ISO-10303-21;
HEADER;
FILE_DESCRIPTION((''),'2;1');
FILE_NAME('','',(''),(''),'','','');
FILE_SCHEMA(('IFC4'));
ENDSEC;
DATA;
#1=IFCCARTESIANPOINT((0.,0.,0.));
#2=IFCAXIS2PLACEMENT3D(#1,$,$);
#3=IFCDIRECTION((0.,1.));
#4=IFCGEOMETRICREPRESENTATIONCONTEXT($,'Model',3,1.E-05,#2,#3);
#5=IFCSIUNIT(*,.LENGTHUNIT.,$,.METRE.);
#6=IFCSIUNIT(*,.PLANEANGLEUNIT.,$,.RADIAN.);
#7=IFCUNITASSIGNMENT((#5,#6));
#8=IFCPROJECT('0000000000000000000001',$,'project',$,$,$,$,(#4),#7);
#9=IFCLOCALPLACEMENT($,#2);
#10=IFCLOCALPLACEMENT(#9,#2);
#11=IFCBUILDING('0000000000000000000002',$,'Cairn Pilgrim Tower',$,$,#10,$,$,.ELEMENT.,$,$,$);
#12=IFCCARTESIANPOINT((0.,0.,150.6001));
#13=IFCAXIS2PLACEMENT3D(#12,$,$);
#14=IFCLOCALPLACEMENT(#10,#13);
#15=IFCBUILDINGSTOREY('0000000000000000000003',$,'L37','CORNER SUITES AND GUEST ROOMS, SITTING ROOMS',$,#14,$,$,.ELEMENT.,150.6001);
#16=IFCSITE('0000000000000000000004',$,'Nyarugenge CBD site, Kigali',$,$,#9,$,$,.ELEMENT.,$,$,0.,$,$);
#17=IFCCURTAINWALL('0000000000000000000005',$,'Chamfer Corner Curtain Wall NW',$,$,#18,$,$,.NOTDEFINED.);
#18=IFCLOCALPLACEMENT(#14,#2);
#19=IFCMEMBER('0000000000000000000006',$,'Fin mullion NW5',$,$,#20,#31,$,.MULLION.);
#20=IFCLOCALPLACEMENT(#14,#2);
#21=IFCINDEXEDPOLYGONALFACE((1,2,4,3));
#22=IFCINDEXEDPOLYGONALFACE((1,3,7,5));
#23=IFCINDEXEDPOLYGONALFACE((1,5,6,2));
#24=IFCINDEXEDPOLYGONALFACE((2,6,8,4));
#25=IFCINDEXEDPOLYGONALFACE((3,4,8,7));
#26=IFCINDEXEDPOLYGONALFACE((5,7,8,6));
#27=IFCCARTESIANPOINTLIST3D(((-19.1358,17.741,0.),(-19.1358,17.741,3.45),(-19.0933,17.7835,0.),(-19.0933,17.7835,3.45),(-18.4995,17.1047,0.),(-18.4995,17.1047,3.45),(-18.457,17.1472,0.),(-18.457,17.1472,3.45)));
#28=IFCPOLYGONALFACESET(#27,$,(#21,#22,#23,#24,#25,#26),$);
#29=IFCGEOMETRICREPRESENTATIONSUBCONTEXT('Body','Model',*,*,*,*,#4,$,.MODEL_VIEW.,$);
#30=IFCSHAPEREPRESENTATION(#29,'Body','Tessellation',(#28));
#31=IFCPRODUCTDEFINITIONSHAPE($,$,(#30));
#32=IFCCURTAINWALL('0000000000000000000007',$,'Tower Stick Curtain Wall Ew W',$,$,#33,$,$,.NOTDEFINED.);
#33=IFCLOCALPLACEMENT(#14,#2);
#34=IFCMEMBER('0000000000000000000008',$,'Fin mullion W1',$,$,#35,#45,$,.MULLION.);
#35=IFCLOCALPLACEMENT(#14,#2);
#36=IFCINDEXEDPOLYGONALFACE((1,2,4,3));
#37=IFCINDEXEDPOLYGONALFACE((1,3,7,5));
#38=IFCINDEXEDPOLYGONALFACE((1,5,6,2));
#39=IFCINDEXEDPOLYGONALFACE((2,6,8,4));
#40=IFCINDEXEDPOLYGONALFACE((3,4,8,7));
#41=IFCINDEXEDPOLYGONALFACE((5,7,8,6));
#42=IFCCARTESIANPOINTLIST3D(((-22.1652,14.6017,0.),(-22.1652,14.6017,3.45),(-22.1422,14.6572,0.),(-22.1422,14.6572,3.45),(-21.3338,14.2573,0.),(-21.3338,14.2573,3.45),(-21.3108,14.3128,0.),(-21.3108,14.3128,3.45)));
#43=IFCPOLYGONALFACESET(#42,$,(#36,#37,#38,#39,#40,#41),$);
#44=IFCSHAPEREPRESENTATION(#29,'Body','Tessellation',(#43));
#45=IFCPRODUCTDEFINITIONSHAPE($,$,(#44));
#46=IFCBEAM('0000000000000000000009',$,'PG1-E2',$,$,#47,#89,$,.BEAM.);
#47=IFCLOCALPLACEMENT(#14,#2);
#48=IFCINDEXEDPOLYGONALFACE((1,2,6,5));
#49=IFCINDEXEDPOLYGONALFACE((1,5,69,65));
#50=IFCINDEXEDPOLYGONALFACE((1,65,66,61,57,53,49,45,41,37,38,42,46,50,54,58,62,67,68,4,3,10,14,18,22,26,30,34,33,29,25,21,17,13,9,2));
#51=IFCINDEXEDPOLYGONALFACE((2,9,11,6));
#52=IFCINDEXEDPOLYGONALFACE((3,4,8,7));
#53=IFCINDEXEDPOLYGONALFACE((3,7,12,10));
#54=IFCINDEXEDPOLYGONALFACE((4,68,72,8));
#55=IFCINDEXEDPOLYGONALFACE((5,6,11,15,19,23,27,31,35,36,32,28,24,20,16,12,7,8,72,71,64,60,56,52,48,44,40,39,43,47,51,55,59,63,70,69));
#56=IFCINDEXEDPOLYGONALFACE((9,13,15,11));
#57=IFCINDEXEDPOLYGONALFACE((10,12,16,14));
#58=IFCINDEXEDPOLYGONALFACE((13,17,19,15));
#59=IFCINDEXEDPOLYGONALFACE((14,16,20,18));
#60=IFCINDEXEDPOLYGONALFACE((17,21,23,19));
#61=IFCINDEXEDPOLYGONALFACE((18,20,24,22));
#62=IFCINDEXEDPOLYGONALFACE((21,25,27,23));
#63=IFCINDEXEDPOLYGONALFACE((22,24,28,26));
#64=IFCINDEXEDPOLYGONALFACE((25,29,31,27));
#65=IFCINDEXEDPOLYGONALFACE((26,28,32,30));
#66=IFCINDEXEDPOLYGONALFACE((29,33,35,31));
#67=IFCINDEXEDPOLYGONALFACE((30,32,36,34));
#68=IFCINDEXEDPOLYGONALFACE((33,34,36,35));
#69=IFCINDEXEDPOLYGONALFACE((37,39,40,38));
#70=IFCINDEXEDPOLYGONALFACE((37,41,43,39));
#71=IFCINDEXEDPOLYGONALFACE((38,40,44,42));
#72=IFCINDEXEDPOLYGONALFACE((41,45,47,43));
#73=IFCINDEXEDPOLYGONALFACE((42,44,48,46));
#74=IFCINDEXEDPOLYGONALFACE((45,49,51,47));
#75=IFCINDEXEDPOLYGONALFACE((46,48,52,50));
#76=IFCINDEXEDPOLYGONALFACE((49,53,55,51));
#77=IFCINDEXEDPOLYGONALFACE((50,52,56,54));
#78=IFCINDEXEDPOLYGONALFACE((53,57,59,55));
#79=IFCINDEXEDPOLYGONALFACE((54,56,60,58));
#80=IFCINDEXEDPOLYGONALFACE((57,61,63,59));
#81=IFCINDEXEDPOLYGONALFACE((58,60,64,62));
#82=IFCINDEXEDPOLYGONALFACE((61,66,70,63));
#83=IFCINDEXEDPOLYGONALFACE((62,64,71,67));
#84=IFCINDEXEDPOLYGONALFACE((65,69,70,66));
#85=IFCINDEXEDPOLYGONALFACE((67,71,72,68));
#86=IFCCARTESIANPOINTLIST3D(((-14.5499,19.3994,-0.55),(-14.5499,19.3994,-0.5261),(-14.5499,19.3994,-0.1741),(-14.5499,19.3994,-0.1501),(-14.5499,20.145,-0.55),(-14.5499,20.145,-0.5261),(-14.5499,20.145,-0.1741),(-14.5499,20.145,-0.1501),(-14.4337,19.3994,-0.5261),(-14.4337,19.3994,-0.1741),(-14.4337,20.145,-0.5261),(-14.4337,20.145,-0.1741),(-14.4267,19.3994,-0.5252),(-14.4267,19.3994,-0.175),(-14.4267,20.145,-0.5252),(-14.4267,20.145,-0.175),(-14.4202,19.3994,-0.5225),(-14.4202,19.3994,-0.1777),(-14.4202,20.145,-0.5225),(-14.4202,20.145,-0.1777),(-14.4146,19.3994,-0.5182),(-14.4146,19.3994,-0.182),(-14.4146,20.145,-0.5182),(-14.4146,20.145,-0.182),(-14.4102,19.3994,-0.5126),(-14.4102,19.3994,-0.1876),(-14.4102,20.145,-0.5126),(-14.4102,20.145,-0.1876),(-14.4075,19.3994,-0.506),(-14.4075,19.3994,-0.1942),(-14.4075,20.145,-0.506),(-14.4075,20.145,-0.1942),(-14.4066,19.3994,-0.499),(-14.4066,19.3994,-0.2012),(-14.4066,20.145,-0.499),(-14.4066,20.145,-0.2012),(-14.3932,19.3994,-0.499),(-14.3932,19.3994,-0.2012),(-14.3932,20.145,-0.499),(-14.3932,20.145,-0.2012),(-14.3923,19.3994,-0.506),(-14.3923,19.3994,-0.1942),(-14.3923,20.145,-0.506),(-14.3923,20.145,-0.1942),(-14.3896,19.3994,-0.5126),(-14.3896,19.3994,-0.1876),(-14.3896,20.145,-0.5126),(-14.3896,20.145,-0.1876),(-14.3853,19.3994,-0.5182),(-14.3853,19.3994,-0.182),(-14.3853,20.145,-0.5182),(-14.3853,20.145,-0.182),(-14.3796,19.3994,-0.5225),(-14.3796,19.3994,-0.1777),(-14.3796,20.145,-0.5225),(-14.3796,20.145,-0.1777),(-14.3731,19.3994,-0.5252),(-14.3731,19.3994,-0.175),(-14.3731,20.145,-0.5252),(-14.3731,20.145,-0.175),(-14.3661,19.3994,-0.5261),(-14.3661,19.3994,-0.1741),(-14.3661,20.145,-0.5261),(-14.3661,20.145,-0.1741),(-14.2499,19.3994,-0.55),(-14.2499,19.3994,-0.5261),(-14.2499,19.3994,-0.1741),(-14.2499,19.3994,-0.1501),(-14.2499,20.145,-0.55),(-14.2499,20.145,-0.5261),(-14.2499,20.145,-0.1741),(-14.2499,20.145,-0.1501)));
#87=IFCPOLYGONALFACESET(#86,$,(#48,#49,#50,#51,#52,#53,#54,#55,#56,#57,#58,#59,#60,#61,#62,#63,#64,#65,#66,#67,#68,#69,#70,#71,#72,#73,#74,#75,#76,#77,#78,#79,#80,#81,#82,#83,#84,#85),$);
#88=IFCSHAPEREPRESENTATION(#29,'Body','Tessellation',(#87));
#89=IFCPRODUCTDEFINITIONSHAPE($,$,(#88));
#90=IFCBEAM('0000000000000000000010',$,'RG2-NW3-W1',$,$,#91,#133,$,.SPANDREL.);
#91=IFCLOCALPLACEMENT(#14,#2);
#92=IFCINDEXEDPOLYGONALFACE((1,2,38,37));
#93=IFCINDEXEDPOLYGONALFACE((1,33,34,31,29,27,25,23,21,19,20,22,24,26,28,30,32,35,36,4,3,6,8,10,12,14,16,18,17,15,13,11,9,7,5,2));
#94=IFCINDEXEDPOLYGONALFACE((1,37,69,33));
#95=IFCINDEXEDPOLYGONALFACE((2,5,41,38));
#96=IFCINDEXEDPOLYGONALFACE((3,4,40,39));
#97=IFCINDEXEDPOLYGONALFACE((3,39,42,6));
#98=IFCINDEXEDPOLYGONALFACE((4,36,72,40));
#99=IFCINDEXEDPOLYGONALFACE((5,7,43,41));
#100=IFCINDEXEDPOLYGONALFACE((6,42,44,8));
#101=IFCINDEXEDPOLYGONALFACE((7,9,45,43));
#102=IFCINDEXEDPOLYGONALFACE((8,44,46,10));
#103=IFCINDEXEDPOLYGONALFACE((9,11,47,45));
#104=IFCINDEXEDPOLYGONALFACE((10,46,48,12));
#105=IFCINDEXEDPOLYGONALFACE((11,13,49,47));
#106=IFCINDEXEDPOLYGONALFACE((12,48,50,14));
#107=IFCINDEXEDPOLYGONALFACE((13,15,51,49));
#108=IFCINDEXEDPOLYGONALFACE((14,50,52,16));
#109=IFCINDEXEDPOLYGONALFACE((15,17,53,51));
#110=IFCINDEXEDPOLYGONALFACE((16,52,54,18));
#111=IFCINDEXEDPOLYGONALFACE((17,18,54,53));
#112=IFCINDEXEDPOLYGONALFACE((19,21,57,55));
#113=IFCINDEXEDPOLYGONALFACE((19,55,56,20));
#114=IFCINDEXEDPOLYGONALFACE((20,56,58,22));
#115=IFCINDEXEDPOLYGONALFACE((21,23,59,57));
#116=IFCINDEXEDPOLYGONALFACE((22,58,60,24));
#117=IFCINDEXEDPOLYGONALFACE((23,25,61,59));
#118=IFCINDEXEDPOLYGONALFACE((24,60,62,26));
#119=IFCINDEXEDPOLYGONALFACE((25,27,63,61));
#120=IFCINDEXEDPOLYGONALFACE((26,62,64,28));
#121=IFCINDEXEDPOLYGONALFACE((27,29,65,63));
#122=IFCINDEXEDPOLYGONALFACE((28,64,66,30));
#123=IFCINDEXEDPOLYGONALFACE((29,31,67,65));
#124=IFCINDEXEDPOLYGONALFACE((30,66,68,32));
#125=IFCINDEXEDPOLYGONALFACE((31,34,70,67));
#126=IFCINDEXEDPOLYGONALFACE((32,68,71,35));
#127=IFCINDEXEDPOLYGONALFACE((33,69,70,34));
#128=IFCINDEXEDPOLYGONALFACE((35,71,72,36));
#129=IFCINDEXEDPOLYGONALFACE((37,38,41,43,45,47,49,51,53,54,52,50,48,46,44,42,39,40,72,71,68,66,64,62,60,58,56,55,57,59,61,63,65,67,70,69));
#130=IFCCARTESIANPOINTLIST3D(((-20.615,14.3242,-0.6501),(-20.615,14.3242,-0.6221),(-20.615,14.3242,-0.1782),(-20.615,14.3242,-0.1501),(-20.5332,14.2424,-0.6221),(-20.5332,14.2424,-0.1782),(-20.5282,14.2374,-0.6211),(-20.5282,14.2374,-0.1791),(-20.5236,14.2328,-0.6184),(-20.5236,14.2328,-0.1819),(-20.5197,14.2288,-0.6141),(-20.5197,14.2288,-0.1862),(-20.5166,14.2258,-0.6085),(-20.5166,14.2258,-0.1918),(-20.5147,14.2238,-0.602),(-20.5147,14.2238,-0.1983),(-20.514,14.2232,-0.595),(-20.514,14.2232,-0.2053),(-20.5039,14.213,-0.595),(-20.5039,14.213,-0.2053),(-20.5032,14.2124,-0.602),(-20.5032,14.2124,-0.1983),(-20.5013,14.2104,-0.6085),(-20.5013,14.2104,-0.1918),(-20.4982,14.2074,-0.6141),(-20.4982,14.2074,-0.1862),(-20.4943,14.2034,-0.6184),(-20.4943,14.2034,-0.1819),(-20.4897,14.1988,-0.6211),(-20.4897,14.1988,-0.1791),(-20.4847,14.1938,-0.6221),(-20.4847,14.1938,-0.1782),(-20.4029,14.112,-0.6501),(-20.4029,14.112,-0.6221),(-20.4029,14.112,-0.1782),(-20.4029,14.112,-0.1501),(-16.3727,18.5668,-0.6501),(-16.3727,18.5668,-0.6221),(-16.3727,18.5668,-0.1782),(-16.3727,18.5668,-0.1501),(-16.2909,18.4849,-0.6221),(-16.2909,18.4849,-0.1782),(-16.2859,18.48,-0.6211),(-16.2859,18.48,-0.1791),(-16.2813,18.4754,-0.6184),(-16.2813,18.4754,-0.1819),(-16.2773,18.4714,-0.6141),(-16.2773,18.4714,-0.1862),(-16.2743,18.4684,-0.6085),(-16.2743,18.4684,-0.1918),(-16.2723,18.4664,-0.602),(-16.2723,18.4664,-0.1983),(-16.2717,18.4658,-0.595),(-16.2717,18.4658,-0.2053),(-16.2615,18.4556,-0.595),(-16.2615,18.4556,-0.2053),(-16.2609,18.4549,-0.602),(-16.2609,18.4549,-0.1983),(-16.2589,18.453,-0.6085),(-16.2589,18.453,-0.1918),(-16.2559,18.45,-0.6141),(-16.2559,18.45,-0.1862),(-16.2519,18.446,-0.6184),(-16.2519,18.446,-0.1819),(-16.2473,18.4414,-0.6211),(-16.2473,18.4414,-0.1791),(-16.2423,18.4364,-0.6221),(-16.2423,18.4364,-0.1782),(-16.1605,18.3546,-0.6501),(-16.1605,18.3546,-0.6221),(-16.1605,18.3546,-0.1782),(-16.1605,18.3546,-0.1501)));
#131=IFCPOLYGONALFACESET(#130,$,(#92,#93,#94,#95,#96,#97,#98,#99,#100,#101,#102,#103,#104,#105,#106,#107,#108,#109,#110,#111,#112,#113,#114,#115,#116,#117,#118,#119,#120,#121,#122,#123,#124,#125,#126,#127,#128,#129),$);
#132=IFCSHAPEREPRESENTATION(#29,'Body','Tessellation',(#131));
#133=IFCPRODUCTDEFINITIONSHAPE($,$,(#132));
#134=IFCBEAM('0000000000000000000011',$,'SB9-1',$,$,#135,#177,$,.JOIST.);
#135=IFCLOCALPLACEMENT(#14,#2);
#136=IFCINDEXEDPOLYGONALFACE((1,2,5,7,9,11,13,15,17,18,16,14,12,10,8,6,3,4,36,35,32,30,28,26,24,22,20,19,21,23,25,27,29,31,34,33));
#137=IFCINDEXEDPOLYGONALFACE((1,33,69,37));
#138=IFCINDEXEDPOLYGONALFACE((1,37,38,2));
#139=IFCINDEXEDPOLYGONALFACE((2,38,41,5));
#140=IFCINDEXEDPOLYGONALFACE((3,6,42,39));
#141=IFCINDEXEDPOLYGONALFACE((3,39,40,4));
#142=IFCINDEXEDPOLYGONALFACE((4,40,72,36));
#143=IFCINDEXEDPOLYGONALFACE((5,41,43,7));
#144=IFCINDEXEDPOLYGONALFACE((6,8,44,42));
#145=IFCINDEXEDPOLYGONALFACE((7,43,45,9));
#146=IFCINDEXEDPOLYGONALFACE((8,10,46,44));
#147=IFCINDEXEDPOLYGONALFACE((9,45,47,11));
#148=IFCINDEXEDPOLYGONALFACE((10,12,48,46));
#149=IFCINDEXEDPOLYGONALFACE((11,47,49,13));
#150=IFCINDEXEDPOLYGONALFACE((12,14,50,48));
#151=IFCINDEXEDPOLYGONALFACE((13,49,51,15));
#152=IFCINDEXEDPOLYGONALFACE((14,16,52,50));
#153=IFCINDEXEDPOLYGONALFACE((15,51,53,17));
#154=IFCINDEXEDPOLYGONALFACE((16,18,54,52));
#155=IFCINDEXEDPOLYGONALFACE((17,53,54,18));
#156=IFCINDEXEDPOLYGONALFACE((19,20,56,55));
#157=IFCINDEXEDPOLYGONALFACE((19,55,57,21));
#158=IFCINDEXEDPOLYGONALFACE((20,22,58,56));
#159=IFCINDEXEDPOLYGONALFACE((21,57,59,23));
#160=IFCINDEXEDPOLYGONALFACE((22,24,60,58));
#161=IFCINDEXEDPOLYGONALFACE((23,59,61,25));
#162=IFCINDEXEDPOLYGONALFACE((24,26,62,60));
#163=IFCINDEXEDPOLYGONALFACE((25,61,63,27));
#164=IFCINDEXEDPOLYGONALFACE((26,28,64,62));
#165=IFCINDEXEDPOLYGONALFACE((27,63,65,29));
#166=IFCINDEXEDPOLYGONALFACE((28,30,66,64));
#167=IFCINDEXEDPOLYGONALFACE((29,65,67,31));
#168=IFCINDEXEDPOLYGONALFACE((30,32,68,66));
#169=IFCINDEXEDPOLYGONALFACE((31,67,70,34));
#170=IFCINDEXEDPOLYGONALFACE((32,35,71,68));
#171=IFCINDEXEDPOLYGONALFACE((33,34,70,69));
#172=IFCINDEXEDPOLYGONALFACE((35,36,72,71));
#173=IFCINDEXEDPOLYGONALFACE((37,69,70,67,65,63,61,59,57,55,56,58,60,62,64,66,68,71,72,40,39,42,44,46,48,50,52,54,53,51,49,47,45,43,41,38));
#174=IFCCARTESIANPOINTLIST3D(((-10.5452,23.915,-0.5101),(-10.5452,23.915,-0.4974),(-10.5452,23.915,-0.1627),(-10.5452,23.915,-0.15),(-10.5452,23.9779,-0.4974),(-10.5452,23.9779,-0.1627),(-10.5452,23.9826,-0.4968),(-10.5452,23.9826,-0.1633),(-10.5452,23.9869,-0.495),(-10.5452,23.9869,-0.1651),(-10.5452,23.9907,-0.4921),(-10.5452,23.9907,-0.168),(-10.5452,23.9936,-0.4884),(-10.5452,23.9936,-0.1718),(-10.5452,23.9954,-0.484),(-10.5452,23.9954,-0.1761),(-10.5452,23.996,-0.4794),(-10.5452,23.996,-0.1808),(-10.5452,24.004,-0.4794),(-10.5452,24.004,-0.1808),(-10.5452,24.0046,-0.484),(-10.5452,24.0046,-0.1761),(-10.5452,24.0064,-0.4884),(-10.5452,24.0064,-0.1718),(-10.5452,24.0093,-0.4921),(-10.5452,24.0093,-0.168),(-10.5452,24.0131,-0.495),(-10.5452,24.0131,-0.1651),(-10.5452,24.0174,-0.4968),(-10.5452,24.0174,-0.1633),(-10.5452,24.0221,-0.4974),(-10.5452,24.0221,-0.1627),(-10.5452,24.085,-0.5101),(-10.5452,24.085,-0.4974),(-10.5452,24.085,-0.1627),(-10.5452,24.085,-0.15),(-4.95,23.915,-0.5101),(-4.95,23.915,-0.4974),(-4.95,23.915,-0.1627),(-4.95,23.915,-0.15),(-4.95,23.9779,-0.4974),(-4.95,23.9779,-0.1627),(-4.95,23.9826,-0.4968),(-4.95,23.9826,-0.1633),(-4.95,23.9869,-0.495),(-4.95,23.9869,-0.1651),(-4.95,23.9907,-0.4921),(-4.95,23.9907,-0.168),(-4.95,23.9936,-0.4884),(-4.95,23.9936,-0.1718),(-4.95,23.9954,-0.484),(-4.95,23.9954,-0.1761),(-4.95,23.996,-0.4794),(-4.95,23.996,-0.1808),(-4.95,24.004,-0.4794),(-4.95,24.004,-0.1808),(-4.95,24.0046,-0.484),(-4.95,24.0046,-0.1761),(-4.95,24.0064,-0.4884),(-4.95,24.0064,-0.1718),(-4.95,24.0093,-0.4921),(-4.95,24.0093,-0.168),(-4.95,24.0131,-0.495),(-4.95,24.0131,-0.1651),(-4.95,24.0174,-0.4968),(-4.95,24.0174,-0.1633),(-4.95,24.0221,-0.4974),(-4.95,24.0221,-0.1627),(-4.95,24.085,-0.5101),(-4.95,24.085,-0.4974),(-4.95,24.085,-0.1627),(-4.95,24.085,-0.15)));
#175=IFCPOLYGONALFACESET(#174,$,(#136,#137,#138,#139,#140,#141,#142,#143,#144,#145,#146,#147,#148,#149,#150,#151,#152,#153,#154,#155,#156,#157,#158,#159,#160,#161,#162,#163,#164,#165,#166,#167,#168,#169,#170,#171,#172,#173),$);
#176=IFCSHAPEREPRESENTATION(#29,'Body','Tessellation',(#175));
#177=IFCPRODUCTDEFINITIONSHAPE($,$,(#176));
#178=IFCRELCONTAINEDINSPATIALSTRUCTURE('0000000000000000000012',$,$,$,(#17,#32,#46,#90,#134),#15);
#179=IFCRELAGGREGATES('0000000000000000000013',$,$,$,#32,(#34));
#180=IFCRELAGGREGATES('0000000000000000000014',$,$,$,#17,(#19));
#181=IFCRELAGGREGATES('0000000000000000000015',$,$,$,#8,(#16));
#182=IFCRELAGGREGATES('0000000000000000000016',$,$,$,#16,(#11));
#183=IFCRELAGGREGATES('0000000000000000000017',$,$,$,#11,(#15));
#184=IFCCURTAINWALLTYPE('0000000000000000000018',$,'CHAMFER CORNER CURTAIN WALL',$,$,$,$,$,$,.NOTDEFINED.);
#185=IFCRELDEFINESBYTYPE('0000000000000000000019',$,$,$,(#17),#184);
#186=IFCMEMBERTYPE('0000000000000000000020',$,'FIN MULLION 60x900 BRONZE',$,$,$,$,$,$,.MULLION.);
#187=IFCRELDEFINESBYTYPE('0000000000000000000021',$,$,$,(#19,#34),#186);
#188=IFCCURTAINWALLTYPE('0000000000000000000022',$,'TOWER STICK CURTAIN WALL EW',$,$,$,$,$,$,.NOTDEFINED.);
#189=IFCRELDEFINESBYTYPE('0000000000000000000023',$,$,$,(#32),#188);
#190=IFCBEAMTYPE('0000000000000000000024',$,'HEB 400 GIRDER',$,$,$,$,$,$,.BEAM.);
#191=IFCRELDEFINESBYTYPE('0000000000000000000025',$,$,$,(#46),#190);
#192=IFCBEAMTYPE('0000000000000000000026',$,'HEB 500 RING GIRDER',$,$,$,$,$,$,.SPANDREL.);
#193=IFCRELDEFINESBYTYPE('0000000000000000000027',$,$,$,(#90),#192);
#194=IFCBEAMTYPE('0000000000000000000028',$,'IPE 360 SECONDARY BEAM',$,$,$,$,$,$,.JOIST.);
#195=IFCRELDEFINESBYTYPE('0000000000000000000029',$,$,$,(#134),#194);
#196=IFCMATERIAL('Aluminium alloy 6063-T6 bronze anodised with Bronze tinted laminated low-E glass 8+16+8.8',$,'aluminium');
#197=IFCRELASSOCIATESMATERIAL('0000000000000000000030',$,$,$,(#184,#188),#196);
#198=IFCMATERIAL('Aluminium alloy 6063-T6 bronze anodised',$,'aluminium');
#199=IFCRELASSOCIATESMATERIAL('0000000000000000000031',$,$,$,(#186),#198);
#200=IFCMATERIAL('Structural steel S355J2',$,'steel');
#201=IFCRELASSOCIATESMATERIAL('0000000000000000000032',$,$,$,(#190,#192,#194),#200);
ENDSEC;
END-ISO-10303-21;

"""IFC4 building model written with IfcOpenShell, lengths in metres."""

from ifc_helpers import new_model, si_unit, direction, frame, origin, origin_2d, place, context, subcontext, project, spatial, rectangle, i_section, extrude, material, material_profile, profile_set, type_object, element, aggregate, save


model = new_model("IFC4")

# Units and contexts
model_context = context("Model", 3, precision=1e-05, world=origin(), true_north=direction((0.0, 1.0)))
body_context = subcontext(model_context, "Body", "Model", "MODEL_VIEW")
ifc_project = project(units=[si_unit("LENGTHUNIT", "METRE"), si_unit("PLANEANGLEUNIT", "RADIAN")], contexts=[model_context])

# Site, building, storey
site_placement = place(None, origin())
site = spatial("IfcSite", under=ifc_project, at=site_placement, Name="Nyarugenge CBD site, Kigali", CompositionType="ELEMENT", RefElevation=0.0)
building_placement = place(site_placement, origin())
building = spatial("IfcBuilding", under=site, at=building_placement, Name="Cairn Pilgrim Tower", CompositionType="ELEMENT")
storey_placement = place(building_placement, frame((0.0, 0.0, 150.6001)))
storey = spatial("IfcBuildingStorey", under=building, at=storey_placement, Name="L37", Description="CORNER SUITES AND GUEST ROOMS, SITTING ROOMS", CompositionType="ELEMENT", Elevation=150.6001)

# Shared definitions
ifc_material_1 = material(Name="Structural steel S355J2", Category="steel")

# Curtain wall, member
ifc_material_2 = material(Name="Aluminium alloy 6063-T6 bronze anodised with Bronze tinted laminated low-E glass 8+16+8.8", Category="aluminium")
curtain_wall_type_1 = type_object("IfcCurtainWallType", Name="CHAMFER CORNER CURTAIN WALL", PredefinedType="NOTDEFINED", material=ifc_material_2)
curtain_wall_1_placement = place(storey_placement, origin())
curtain_wall_1 = element("IfcCurtainWall", 1, at=curtain_wall_1_placement, inside=storey, type_object=curtain_wall_type_1, Name="Chamfer Corner Curtain Wall NW", PredefinedType="NOTDEFINED")
ifc_material_3 = material(Name="Aluminium alloy 6063-T6 bronze anodised", Category="aluminium")
ifc_material_profile_1 = material_profile(ifc_material_3, rectangle(XDim=0.8999, YDim=0.0601, at=origin_2d()), Name="FIN MULLION 60x900 BRONZE")
ifc_profile_set_1 = profile_set([ifc_material_profile_1], Name="Aluminium alloy 6063-T6 bronze anodised")
member_type_1 = type_object("IfcMemberType", Name="FIN MULLION 60x900 BRONZE", PredefinedType="MULLION", material=ifc_profile_set_1)
member_1_placement = place(storey_placement, frame((-18.7964, 17.4441, 0.0), z_axis=(0.0, 0.0, 1.0), x_axis=(-0.707107, 0.707107, 0.0)))
member_1 = element("IfcMember", 2, at=member_1_placement, type_object=member_type_1, Name="Fin mullion NW5", PredefinedType="MULLION", context=body_context, shape_type="SweptSolid", body=[
    extrude(rectangle(XDim=0.8999, YDim=0.0601, at=origin_2d()), origin(), (0.0, 0.0, 1.0), 3.45),
])

# Curtain wall, member
curtain_wall_type_2 = type_object("IfcCurtainWallType", Name="TOWER STICK CURTAIN WALL EW", PredefinedType="NOTDEFINED", material=ifc_material_2)
curtain_wall_2_placement = place(storey_placement, origin())
curtain_wall_2 = element("IfcCurtainWall", 3, at=curtain_wall_2_placement, inside=storey, type_object=curtain_wall_type_2, Name="Tower Stick Curtain Wall Ew W", PredefinedType="NOTDEFINED")
member_2_placement = place(storey_placement, frame((-21.738, 14.4573, 0.0), z_axis=(0.0, 0.0, 1.0), x_axis=(-0.92388, 0.382683, 0.0)))
member_2 = element("IfcMember", 4, at=member_2_placement, type_object=member_type_1, Name="Fin mullion W1", PredefinedType="MULLION", context=body_context, shape_type="SweptSolid", body=[
    extrude(rectangle(XDim=0.8999, YDim=0.0601, at=origin_2d()), origin(), (0.0, 0.0, 1.0), 3.45),
])
aggregate(curtain_wall_2, [member_2])

# Beams
ifc_material_profile_2 = material_profile(ifc_material_1, i_section(OverallWidth=0.3, OverallDepth=0.3999, WebThickness=0.0134, FlangeThickness=0.0239, FilletRadius=0.0271, at=origin_2d()), Name="HEB 400")
ifc_profile_set_2 = profile_set([ifc_material_profile_2], Name="Structural steel S355J2")
beam_type_1 = type_object("IfcBeamType", Name="HEB 400 GIRDER", PredefinedType="BEAM", material=ifc_profile_set_2)
beam_1_placement = place(storey_placement, frame((-14.3999, 19.3994, -0.3501), z_axis=(0.0, 1.0, 0.0), x_axis=(-1.0, 0.0, 0.0)))
element("IfcBeam", 5, at=beam_1_placement, inside=storey, type_object=beam_type_1, Name="PG1-E2", PredefinedType="BEAM", context=body_context, shape_type="SweptSolid", body=[
    extrude(i_section(OverallWidth=0.3, OverallDepth=0.3999, WebThickness=0.0134, FlangeThickness=0.0239, FilletRadius=0.0271, at=origin_2d()), origin(), (0.0, 0.0, 1.0), 0.7456),
])
ifc_material_profile_3 = material_profile(ifc_material_1, i_section(OverallWidth=0.3, OverallDepth=0.5, WebThickness=0.0144, FlangeThickness=0.0281, FilletRadius=0.0271, at=origin_2d()), Name="HEB 500")
ifc_profile_set_3 = profile_set([ifc_material_profile_3], Name="Structural steel S355J2")
beam_type_2 = type_object("IfcBeamType", Name="HEB 500 RING GIRDER", PredefinedType="SPANDREL", material=ifc_profile_set_3)
beam_2_placement = place(storey_placement, frame((-16.2666, 18.4607, -0.4001), z_axis=(-0.707086, -0.707127, 0.0), x_axis=(0.707127, -0.707086, 0.0)))
element("IfcBeam", 6, at=beam_2_placement, inside=storey, type_object=beam_type_2, Name="RG2-NW3-W1", PredefinedType="SPANDREL", context=body_context, shape_type="SweptSolid", body=[
    extrude(i_section(OverallWidth=0.3, OverallDepth=0.5, WebThickness=0.0144, FlangeThickness=0.0281, FilletRadius=0.0271, at=origin_2d()), origin(), (0.0, 0.0, 1.0), 5.9998),
])
ifc_material_profile_4 = material_profile(ifc_material_1, i_section(OverallWidth=0.1699, OverallDepth=0.3601, WebThickness=0.0081, FlangeThickness=0.0127, FilletRadius=0.0181, at=origin_2d()), Name="IPE 360")
ifc_profile_set_4 = profile_set([ifc_material_profile_4], Name="Structural steel S355J2")
beam_type_3 = type_object("IfcBeamType", Name="IPE 360 SECONDARY BEAM", PredefinedType="JOIST", material=ifc_profile_set_4)
beam_3_placement = place(storey_placement, frame((-10.5452, 24.0, -0.3301), z_axis=(1.0, 0.0, 0.0), x_axis=(0.0, 1.0, 0.0)))
element("IfcBeam", 7, at=beam_3_placement, inside=storey, type_object=beam_type_3, Name="SB9-1", PredefinedType="JOIST", context=body_context, shape_type="SweptSolid", body=[
    extrude(i_section(OverallWidth=0.1699, OverallDepth=0.3601, WebThickness=0.0081, FlangeThickness=0.0127, FilletRadius=0.0181, at=origin_2d()), origin(), (0.0, 0.0, 1.0), 5.5952),
])

aggregate(curtain_wall_1, [member_1])

save(model, "model.ifc")
